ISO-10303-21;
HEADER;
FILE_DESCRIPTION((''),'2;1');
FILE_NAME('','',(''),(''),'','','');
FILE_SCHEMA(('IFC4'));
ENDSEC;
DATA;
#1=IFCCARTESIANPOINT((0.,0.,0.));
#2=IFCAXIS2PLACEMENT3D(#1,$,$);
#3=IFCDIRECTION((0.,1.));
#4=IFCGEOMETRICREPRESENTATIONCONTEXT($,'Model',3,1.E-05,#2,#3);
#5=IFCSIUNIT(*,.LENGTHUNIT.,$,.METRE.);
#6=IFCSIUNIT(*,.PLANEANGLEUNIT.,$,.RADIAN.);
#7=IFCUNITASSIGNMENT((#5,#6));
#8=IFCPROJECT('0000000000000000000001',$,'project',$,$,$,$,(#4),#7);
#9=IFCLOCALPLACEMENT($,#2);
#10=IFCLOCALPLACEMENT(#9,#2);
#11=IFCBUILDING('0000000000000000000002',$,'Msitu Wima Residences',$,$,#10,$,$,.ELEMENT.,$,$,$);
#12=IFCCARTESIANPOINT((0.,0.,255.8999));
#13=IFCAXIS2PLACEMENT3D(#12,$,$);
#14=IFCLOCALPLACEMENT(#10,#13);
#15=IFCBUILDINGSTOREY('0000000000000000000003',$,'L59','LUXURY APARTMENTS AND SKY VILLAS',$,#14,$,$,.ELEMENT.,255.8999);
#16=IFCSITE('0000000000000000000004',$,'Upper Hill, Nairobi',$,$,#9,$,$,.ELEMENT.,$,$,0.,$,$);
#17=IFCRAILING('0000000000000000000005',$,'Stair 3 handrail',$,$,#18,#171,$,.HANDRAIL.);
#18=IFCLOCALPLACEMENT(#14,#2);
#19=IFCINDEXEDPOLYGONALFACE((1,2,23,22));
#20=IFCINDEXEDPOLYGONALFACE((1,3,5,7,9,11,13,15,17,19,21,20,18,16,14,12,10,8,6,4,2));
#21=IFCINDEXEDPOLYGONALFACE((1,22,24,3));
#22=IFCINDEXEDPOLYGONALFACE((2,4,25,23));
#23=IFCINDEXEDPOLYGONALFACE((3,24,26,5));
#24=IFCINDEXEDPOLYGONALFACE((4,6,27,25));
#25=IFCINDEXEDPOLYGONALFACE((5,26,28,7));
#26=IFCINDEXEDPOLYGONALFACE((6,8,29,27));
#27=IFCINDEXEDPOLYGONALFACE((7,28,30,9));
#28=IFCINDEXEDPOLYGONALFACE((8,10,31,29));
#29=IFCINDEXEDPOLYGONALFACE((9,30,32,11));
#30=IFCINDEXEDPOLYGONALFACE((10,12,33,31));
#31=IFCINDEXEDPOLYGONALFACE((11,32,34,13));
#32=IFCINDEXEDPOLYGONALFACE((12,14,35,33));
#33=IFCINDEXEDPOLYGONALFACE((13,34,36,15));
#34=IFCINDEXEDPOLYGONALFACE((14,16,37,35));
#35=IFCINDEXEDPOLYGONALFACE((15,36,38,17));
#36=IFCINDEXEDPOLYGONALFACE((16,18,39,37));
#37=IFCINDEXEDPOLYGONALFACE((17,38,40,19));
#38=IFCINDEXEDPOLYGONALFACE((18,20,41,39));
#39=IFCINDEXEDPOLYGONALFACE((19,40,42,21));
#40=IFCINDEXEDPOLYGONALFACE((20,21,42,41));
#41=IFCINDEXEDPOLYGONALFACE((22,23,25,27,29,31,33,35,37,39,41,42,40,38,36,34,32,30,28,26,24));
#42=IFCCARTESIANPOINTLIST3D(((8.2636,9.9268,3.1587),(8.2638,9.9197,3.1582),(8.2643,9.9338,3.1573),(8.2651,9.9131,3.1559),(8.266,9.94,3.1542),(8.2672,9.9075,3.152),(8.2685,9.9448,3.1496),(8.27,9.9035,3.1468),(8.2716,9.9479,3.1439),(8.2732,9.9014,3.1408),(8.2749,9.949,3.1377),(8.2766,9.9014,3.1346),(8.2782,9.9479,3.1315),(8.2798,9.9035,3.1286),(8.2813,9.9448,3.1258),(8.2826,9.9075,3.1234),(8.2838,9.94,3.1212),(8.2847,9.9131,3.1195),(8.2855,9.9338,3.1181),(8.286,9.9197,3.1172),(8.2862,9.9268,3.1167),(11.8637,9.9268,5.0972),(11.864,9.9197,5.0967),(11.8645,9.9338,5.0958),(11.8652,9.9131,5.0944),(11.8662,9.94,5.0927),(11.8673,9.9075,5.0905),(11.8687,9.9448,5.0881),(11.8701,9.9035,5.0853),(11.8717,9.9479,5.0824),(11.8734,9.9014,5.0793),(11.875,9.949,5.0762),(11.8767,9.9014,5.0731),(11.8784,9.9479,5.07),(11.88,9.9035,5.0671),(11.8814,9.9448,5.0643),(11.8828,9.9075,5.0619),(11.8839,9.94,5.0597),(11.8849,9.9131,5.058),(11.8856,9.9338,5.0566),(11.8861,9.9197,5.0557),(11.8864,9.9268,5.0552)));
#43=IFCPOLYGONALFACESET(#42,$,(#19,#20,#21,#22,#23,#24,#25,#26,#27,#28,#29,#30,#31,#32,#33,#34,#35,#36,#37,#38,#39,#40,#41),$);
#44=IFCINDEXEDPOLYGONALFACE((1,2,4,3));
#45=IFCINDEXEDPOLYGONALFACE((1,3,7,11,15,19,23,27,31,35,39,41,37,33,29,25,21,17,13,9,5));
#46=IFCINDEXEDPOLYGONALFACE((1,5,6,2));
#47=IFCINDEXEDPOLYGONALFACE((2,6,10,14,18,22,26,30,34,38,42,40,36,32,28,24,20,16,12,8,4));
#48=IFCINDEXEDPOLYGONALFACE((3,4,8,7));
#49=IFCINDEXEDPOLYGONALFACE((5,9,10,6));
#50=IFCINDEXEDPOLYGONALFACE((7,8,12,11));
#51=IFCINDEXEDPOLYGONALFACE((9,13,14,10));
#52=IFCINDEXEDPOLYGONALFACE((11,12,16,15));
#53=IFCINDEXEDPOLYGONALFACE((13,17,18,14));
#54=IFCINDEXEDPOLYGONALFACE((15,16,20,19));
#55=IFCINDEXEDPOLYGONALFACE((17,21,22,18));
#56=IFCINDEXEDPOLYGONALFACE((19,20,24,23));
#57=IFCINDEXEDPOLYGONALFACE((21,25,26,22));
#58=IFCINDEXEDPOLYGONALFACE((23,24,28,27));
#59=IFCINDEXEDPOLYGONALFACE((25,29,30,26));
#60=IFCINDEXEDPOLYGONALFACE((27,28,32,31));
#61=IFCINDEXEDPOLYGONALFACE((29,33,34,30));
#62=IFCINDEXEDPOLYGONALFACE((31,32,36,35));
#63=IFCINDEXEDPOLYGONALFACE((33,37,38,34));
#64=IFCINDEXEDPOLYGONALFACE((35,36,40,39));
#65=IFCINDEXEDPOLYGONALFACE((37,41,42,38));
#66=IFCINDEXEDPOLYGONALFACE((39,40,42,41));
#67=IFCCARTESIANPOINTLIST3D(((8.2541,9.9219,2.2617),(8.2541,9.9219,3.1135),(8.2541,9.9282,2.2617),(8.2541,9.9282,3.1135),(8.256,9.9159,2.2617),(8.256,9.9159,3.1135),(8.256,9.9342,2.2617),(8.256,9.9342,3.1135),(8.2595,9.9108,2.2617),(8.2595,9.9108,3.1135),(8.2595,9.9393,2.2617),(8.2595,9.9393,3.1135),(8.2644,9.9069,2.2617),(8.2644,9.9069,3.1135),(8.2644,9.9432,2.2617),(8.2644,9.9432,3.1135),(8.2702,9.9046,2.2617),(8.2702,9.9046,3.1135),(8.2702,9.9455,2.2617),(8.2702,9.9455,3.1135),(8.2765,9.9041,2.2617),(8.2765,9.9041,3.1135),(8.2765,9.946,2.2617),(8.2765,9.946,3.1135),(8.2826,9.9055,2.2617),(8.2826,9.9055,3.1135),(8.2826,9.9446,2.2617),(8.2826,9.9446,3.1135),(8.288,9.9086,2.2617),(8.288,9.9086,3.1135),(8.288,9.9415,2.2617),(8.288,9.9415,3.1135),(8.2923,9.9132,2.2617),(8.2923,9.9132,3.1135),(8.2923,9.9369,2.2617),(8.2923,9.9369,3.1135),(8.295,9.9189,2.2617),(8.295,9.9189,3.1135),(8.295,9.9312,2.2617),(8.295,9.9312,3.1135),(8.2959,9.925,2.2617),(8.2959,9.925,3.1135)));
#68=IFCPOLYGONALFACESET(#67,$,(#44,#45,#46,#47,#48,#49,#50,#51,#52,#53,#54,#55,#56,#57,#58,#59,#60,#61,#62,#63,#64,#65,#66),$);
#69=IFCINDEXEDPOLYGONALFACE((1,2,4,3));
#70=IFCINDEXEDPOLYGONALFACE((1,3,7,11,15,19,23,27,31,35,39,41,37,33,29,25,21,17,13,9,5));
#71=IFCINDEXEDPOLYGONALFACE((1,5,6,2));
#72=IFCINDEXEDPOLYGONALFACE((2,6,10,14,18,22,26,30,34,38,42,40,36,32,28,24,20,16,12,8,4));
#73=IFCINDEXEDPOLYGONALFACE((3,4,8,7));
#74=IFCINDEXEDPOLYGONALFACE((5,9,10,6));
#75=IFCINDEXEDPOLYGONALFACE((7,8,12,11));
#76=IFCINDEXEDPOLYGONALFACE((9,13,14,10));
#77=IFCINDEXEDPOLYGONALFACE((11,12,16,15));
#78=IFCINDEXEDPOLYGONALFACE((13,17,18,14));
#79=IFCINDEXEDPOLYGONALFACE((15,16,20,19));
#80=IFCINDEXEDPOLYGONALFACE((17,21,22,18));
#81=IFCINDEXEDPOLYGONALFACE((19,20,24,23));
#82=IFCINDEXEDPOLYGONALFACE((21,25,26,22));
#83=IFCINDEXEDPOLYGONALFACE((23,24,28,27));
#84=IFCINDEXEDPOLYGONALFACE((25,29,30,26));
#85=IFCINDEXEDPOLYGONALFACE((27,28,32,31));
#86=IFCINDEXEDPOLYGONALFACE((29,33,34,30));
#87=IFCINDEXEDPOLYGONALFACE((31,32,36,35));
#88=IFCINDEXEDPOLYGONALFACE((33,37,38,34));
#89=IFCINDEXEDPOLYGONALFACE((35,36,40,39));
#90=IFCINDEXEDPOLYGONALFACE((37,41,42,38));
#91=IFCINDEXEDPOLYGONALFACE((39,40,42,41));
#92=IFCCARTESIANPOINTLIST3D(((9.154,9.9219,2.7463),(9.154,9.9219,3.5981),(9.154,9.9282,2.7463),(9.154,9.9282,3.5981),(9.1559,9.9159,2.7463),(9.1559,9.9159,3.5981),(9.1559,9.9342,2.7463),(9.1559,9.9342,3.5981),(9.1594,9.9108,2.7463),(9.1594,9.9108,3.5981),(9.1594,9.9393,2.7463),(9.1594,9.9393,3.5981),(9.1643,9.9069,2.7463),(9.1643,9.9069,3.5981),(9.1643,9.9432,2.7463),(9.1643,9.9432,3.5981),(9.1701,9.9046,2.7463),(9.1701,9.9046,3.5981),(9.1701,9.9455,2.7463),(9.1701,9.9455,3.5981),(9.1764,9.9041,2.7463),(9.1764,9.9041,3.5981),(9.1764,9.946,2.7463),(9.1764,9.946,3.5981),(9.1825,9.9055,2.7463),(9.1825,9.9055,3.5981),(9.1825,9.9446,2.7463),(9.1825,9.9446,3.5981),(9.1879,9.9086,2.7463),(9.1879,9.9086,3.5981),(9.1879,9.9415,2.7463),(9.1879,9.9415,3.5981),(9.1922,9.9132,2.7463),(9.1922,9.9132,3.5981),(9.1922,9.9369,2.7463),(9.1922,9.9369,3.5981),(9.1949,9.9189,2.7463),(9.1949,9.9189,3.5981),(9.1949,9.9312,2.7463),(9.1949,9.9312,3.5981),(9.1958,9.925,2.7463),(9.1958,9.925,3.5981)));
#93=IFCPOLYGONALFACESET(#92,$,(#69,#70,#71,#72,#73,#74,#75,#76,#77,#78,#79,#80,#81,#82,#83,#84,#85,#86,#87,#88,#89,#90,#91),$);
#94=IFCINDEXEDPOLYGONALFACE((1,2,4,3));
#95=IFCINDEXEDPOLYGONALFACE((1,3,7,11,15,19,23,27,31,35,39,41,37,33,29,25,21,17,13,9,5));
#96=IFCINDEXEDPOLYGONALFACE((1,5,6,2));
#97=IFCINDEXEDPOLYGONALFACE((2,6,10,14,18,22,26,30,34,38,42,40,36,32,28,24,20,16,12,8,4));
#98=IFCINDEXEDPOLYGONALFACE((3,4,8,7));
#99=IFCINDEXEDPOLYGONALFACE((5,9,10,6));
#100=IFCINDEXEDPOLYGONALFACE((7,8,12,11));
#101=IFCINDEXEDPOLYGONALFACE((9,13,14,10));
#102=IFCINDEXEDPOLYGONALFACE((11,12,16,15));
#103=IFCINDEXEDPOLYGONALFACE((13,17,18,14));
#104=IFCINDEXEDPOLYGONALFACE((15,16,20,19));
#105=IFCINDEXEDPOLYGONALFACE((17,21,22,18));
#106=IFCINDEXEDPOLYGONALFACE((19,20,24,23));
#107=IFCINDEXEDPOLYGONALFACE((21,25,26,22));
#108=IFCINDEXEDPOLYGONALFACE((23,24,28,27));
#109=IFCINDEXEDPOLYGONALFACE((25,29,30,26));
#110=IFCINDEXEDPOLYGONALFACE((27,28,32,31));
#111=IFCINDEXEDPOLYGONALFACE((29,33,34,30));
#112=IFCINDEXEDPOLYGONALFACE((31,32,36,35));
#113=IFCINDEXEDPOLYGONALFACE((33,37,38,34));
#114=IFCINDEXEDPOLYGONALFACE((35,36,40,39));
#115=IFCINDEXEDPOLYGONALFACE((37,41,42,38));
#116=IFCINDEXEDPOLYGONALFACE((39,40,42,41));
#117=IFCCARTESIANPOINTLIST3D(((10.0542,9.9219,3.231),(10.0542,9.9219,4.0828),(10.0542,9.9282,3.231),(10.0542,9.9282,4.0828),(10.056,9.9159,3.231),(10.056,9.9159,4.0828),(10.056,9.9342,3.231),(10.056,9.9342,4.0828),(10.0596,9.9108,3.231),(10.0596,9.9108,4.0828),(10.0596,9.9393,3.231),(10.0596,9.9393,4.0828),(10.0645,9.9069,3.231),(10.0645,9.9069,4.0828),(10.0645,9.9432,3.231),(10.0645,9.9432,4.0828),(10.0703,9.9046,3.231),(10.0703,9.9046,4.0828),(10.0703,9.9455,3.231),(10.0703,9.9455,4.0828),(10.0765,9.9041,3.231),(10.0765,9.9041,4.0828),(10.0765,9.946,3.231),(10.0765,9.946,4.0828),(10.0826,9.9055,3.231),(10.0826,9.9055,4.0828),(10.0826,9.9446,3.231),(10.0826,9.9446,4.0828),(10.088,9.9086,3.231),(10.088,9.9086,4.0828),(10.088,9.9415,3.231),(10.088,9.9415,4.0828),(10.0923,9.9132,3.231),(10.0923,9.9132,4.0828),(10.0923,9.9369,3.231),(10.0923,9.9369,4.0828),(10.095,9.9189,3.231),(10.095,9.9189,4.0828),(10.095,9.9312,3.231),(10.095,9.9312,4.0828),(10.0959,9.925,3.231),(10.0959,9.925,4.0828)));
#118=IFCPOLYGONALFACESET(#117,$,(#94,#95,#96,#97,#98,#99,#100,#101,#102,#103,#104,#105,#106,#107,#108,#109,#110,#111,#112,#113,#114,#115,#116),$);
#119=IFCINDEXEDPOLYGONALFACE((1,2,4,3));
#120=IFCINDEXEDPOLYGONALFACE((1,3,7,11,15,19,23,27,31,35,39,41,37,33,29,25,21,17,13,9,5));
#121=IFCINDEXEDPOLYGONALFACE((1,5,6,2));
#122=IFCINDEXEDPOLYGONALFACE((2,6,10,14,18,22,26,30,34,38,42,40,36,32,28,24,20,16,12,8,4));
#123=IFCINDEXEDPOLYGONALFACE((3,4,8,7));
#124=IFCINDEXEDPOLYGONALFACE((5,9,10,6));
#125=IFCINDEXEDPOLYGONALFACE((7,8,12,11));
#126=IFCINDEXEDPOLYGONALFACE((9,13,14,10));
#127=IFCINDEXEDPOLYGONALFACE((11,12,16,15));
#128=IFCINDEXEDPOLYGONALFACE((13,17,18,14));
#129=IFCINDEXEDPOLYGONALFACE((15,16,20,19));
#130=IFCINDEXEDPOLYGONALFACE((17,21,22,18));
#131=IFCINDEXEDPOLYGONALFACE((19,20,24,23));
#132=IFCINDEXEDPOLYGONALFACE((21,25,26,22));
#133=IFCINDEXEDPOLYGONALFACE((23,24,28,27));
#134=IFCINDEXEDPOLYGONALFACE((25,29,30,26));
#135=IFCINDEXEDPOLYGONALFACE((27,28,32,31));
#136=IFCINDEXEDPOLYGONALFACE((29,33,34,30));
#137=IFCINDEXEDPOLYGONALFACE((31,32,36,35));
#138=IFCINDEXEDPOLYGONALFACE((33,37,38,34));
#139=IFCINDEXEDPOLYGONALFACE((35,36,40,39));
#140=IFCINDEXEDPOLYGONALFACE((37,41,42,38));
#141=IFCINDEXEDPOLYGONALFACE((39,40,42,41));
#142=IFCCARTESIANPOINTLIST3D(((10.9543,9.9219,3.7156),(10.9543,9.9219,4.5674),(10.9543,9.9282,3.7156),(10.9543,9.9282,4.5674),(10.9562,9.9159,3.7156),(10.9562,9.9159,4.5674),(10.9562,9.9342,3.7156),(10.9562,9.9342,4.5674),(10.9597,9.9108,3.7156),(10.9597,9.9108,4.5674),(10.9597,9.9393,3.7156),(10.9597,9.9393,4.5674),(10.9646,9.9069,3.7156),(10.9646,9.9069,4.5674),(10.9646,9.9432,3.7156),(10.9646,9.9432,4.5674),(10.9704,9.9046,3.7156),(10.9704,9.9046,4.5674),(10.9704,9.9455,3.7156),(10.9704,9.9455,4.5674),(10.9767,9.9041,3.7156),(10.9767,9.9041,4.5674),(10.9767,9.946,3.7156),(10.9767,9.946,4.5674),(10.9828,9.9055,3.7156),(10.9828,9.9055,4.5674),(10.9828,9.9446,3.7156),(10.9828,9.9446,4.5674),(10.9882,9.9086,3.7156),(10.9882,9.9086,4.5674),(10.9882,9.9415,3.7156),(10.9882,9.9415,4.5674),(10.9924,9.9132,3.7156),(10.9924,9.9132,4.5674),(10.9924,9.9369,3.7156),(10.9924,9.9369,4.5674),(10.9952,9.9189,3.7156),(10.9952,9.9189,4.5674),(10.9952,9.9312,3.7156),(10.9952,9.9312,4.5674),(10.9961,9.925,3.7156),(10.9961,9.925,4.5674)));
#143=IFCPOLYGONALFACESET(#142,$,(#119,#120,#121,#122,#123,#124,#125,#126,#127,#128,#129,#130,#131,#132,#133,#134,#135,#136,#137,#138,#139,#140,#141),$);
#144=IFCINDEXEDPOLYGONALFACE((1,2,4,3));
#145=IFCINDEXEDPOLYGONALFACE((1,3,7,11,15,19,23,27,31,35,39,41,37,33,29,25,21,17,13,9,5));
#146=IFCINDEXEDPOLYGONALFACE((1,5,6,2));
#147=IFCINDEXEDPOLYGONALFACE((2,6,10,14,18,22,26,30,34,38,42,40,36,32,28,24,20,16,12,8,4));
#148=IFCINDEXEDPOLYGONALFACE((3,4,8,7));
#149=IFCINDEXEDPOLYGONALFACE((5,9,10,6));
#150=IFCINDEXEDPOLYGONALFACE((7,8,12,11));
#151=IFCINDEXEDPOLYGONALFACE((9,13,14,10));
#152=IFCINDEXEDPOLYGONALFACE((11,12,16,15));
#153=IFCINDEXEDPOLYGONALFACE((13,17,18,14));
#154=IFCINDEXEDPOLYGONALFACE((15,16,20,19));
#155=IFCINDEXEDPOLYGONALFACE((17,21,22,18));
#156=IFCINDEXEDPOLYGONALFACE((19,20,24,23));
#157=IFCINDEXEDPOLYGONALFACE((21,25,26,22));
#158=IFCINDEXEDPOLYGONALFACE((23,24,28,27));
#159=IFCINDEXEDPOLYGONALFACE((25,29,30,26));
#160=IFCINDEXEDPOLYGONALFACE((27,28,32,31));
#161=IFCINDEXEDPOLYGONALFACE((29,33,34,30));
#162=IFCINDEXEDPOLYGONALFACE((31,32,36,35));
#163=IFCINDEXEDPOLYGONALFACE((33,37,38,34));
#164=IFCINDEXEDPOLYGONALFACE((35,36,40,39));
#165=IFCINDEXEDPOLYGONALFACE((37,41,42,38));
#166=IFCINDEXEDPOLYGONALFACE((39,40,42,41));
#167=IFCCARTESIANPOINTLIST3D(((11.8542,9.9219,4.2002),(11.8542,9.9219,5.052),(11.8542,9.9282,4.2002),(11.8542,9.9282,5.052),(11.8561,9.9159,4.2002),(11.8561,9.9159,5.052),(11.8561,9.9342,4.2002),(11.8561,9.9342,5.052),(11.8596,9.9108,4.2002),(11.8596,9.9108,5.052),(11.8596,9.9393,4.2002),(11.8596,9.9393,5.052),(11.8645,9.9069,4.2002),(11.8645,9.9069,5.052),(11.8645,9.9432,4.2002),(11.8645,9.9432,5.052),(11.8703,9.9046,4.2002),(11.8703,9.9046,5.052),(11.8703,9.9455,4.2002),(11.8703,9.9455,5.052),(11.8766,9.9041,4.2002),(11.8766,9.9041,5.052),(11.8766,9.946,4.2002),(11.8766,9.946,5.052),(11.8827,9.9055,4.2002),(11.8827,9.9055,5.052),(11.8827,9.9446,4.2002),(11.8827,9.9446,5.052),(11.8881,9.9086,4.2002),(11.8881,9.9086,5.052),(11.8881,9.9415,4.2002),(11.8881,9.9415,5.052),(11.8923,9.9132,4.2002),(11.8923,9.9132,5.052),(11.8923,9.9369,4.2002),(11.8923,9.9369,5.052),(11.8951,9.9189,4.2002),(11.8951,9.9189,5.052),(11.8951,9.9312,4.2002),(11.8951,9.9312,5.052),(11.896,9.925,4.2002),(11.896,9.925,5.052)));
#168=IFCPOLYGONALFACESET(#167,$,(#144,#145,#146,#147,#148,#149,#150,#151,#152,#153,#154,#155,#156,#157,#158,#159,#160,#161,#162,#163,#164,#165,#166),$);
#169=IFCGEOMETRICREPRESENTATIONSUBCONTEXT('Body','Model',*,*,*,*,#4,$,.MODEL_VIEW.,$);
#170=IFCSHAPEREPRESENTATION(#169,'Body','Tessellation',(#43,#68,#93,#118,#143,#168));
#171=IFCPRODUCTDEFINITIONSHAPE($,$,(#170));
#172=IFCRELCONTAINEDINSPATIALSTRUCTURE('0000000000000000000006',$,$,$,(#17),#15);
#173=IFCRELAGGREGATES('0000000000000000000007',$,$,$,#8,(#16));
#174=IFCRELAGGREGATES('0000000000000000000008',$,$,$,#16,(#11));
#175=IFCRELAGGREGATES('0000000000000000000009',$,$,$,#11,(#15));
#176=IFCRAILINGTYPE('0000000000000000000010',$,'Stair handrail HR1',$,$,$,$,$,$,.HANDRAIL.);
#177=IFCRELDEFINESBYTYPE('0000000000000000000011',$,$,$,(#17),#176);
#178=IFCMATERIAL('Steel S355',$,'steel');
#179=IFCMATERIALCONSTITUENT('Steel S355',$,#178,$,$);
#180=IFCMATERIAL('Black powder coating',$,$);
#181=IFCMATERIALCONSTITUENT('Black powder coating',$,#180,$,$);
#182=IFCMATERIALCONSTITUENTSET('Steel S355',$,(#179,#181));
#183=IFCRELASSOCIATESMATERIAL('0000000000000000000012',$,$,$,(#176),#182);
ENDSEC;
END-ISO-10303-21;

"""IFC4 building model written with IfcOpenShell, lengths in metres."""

from ifc_helpers import new_model, si_unit, direction, frame, origin, origin_2d, place, context, subcontext, project, spatial, circle, extrude, material, constituent, constituent_set, type_object, element, save


model = new_model("IFC4")

# Units and contexts
model_context = context("Model", 3, precision=1e-05, world=origin(), true_north=direction((0.0, 1.0)))
body_context = subcontext(model_context, "Body", "Model", "MODEL_VIEW")
ifc_project = project(units=[si_unit("LENGTHUNIT", "METRE"), si_unit("PLANEANGLEUNIT", "RADIAN")], contexts=[model_context])

# Site, building, storey
site_placement = place(None, origin())
site = spatial("IfcSite", under=ifc_project, at=site_placement, Name="Upper Hill, Nairobi", CompositionType="ELEMENT", RefElevation=0.0)
building_placement = place(site_placement, origin())
building = spatial("IfcBuilding", under=site, at=building_placement, Name="Msitu Wima Residences", CompositionType="ELEMENT")
storey_placement = place(building_placement, frame((0.0, 0.0, 255.8999)))
storey = spatial("IfcBuildingStorey", under=building, at=storey_placement, Name="L59", Description="LUXURY APARTMENTS AND SKY VILLAS", CompositionType="ELEMENT", Elevation=255.8999)

# Railing
ifc_material_1 = material(Name="Steel S355", Category="steel")
ifc_constituent_1 = constituent(ifc_material_1, Name="Steel S355")
ifc_material_2 = material(Name="Black powder coating")
ifc_constituent_2 = constituent(ifc_material_2, Name="Black powder coating")
ifc_constituent_set = constituent_set(constituents=[ifc_constituent_1, ifc_constituent_2], Name="Steel S355")
railing_type = type_object("IfcRailingType", Name="Stair handrail HR1", PredefinedType="HANDRAIL", material=ifc_constituent_set)
for number, where, name in (
    (1, (8.2749, 9.925, 2.2617), "Stair 3 handrail"),
):
    element("IfcRailing", number, at=place(storey_placement, frame(where)), inside=storey, type_object=railing_type, Name=name, PredefinedType="HANDRAIL", context=body_context, shape_type="SweptSolid", body=[
        extrude(circle(Radius=0.0239, at=origin_2d()), frame((0.0, 0.0, 0.876), z_axis=(0.880475, 0.0, 0.474093), x_axis=(0.0, 1.0, 0.0)), (0.0, 0.0, 1.0), 4.0889),
        extrude(circle(Radius=0.021, at=origin_2d()), origin(), (0.0, 0.0, 1.0), 0.8518),
        extrude(circle(Radius=0.021, at=origin_2d()), frame((0.8999, 0.0, 0.4846)), (0.0, 0.0, 1.0), 0.8518),
        extrude(circle(Radius=0.021, at=origin_2d()), frame((1.8, 0.0, 0.9692)), (0.0, 0.0, 1.0), 0.8518),
        extrude(circle(Radius=0.021, at=origin_2d()), frame((2.7002, 0.0, 1.4539)), (0.0, 0.0, 1.0), 0.8518),
        extrude(circle(Radius=0.021, at=origin_2d()), frame((3.6001, 0.0, 1.9385)), (0.0, 0.0, 1.0), 0.8518),
    ])

save(model, "model.ifc")
